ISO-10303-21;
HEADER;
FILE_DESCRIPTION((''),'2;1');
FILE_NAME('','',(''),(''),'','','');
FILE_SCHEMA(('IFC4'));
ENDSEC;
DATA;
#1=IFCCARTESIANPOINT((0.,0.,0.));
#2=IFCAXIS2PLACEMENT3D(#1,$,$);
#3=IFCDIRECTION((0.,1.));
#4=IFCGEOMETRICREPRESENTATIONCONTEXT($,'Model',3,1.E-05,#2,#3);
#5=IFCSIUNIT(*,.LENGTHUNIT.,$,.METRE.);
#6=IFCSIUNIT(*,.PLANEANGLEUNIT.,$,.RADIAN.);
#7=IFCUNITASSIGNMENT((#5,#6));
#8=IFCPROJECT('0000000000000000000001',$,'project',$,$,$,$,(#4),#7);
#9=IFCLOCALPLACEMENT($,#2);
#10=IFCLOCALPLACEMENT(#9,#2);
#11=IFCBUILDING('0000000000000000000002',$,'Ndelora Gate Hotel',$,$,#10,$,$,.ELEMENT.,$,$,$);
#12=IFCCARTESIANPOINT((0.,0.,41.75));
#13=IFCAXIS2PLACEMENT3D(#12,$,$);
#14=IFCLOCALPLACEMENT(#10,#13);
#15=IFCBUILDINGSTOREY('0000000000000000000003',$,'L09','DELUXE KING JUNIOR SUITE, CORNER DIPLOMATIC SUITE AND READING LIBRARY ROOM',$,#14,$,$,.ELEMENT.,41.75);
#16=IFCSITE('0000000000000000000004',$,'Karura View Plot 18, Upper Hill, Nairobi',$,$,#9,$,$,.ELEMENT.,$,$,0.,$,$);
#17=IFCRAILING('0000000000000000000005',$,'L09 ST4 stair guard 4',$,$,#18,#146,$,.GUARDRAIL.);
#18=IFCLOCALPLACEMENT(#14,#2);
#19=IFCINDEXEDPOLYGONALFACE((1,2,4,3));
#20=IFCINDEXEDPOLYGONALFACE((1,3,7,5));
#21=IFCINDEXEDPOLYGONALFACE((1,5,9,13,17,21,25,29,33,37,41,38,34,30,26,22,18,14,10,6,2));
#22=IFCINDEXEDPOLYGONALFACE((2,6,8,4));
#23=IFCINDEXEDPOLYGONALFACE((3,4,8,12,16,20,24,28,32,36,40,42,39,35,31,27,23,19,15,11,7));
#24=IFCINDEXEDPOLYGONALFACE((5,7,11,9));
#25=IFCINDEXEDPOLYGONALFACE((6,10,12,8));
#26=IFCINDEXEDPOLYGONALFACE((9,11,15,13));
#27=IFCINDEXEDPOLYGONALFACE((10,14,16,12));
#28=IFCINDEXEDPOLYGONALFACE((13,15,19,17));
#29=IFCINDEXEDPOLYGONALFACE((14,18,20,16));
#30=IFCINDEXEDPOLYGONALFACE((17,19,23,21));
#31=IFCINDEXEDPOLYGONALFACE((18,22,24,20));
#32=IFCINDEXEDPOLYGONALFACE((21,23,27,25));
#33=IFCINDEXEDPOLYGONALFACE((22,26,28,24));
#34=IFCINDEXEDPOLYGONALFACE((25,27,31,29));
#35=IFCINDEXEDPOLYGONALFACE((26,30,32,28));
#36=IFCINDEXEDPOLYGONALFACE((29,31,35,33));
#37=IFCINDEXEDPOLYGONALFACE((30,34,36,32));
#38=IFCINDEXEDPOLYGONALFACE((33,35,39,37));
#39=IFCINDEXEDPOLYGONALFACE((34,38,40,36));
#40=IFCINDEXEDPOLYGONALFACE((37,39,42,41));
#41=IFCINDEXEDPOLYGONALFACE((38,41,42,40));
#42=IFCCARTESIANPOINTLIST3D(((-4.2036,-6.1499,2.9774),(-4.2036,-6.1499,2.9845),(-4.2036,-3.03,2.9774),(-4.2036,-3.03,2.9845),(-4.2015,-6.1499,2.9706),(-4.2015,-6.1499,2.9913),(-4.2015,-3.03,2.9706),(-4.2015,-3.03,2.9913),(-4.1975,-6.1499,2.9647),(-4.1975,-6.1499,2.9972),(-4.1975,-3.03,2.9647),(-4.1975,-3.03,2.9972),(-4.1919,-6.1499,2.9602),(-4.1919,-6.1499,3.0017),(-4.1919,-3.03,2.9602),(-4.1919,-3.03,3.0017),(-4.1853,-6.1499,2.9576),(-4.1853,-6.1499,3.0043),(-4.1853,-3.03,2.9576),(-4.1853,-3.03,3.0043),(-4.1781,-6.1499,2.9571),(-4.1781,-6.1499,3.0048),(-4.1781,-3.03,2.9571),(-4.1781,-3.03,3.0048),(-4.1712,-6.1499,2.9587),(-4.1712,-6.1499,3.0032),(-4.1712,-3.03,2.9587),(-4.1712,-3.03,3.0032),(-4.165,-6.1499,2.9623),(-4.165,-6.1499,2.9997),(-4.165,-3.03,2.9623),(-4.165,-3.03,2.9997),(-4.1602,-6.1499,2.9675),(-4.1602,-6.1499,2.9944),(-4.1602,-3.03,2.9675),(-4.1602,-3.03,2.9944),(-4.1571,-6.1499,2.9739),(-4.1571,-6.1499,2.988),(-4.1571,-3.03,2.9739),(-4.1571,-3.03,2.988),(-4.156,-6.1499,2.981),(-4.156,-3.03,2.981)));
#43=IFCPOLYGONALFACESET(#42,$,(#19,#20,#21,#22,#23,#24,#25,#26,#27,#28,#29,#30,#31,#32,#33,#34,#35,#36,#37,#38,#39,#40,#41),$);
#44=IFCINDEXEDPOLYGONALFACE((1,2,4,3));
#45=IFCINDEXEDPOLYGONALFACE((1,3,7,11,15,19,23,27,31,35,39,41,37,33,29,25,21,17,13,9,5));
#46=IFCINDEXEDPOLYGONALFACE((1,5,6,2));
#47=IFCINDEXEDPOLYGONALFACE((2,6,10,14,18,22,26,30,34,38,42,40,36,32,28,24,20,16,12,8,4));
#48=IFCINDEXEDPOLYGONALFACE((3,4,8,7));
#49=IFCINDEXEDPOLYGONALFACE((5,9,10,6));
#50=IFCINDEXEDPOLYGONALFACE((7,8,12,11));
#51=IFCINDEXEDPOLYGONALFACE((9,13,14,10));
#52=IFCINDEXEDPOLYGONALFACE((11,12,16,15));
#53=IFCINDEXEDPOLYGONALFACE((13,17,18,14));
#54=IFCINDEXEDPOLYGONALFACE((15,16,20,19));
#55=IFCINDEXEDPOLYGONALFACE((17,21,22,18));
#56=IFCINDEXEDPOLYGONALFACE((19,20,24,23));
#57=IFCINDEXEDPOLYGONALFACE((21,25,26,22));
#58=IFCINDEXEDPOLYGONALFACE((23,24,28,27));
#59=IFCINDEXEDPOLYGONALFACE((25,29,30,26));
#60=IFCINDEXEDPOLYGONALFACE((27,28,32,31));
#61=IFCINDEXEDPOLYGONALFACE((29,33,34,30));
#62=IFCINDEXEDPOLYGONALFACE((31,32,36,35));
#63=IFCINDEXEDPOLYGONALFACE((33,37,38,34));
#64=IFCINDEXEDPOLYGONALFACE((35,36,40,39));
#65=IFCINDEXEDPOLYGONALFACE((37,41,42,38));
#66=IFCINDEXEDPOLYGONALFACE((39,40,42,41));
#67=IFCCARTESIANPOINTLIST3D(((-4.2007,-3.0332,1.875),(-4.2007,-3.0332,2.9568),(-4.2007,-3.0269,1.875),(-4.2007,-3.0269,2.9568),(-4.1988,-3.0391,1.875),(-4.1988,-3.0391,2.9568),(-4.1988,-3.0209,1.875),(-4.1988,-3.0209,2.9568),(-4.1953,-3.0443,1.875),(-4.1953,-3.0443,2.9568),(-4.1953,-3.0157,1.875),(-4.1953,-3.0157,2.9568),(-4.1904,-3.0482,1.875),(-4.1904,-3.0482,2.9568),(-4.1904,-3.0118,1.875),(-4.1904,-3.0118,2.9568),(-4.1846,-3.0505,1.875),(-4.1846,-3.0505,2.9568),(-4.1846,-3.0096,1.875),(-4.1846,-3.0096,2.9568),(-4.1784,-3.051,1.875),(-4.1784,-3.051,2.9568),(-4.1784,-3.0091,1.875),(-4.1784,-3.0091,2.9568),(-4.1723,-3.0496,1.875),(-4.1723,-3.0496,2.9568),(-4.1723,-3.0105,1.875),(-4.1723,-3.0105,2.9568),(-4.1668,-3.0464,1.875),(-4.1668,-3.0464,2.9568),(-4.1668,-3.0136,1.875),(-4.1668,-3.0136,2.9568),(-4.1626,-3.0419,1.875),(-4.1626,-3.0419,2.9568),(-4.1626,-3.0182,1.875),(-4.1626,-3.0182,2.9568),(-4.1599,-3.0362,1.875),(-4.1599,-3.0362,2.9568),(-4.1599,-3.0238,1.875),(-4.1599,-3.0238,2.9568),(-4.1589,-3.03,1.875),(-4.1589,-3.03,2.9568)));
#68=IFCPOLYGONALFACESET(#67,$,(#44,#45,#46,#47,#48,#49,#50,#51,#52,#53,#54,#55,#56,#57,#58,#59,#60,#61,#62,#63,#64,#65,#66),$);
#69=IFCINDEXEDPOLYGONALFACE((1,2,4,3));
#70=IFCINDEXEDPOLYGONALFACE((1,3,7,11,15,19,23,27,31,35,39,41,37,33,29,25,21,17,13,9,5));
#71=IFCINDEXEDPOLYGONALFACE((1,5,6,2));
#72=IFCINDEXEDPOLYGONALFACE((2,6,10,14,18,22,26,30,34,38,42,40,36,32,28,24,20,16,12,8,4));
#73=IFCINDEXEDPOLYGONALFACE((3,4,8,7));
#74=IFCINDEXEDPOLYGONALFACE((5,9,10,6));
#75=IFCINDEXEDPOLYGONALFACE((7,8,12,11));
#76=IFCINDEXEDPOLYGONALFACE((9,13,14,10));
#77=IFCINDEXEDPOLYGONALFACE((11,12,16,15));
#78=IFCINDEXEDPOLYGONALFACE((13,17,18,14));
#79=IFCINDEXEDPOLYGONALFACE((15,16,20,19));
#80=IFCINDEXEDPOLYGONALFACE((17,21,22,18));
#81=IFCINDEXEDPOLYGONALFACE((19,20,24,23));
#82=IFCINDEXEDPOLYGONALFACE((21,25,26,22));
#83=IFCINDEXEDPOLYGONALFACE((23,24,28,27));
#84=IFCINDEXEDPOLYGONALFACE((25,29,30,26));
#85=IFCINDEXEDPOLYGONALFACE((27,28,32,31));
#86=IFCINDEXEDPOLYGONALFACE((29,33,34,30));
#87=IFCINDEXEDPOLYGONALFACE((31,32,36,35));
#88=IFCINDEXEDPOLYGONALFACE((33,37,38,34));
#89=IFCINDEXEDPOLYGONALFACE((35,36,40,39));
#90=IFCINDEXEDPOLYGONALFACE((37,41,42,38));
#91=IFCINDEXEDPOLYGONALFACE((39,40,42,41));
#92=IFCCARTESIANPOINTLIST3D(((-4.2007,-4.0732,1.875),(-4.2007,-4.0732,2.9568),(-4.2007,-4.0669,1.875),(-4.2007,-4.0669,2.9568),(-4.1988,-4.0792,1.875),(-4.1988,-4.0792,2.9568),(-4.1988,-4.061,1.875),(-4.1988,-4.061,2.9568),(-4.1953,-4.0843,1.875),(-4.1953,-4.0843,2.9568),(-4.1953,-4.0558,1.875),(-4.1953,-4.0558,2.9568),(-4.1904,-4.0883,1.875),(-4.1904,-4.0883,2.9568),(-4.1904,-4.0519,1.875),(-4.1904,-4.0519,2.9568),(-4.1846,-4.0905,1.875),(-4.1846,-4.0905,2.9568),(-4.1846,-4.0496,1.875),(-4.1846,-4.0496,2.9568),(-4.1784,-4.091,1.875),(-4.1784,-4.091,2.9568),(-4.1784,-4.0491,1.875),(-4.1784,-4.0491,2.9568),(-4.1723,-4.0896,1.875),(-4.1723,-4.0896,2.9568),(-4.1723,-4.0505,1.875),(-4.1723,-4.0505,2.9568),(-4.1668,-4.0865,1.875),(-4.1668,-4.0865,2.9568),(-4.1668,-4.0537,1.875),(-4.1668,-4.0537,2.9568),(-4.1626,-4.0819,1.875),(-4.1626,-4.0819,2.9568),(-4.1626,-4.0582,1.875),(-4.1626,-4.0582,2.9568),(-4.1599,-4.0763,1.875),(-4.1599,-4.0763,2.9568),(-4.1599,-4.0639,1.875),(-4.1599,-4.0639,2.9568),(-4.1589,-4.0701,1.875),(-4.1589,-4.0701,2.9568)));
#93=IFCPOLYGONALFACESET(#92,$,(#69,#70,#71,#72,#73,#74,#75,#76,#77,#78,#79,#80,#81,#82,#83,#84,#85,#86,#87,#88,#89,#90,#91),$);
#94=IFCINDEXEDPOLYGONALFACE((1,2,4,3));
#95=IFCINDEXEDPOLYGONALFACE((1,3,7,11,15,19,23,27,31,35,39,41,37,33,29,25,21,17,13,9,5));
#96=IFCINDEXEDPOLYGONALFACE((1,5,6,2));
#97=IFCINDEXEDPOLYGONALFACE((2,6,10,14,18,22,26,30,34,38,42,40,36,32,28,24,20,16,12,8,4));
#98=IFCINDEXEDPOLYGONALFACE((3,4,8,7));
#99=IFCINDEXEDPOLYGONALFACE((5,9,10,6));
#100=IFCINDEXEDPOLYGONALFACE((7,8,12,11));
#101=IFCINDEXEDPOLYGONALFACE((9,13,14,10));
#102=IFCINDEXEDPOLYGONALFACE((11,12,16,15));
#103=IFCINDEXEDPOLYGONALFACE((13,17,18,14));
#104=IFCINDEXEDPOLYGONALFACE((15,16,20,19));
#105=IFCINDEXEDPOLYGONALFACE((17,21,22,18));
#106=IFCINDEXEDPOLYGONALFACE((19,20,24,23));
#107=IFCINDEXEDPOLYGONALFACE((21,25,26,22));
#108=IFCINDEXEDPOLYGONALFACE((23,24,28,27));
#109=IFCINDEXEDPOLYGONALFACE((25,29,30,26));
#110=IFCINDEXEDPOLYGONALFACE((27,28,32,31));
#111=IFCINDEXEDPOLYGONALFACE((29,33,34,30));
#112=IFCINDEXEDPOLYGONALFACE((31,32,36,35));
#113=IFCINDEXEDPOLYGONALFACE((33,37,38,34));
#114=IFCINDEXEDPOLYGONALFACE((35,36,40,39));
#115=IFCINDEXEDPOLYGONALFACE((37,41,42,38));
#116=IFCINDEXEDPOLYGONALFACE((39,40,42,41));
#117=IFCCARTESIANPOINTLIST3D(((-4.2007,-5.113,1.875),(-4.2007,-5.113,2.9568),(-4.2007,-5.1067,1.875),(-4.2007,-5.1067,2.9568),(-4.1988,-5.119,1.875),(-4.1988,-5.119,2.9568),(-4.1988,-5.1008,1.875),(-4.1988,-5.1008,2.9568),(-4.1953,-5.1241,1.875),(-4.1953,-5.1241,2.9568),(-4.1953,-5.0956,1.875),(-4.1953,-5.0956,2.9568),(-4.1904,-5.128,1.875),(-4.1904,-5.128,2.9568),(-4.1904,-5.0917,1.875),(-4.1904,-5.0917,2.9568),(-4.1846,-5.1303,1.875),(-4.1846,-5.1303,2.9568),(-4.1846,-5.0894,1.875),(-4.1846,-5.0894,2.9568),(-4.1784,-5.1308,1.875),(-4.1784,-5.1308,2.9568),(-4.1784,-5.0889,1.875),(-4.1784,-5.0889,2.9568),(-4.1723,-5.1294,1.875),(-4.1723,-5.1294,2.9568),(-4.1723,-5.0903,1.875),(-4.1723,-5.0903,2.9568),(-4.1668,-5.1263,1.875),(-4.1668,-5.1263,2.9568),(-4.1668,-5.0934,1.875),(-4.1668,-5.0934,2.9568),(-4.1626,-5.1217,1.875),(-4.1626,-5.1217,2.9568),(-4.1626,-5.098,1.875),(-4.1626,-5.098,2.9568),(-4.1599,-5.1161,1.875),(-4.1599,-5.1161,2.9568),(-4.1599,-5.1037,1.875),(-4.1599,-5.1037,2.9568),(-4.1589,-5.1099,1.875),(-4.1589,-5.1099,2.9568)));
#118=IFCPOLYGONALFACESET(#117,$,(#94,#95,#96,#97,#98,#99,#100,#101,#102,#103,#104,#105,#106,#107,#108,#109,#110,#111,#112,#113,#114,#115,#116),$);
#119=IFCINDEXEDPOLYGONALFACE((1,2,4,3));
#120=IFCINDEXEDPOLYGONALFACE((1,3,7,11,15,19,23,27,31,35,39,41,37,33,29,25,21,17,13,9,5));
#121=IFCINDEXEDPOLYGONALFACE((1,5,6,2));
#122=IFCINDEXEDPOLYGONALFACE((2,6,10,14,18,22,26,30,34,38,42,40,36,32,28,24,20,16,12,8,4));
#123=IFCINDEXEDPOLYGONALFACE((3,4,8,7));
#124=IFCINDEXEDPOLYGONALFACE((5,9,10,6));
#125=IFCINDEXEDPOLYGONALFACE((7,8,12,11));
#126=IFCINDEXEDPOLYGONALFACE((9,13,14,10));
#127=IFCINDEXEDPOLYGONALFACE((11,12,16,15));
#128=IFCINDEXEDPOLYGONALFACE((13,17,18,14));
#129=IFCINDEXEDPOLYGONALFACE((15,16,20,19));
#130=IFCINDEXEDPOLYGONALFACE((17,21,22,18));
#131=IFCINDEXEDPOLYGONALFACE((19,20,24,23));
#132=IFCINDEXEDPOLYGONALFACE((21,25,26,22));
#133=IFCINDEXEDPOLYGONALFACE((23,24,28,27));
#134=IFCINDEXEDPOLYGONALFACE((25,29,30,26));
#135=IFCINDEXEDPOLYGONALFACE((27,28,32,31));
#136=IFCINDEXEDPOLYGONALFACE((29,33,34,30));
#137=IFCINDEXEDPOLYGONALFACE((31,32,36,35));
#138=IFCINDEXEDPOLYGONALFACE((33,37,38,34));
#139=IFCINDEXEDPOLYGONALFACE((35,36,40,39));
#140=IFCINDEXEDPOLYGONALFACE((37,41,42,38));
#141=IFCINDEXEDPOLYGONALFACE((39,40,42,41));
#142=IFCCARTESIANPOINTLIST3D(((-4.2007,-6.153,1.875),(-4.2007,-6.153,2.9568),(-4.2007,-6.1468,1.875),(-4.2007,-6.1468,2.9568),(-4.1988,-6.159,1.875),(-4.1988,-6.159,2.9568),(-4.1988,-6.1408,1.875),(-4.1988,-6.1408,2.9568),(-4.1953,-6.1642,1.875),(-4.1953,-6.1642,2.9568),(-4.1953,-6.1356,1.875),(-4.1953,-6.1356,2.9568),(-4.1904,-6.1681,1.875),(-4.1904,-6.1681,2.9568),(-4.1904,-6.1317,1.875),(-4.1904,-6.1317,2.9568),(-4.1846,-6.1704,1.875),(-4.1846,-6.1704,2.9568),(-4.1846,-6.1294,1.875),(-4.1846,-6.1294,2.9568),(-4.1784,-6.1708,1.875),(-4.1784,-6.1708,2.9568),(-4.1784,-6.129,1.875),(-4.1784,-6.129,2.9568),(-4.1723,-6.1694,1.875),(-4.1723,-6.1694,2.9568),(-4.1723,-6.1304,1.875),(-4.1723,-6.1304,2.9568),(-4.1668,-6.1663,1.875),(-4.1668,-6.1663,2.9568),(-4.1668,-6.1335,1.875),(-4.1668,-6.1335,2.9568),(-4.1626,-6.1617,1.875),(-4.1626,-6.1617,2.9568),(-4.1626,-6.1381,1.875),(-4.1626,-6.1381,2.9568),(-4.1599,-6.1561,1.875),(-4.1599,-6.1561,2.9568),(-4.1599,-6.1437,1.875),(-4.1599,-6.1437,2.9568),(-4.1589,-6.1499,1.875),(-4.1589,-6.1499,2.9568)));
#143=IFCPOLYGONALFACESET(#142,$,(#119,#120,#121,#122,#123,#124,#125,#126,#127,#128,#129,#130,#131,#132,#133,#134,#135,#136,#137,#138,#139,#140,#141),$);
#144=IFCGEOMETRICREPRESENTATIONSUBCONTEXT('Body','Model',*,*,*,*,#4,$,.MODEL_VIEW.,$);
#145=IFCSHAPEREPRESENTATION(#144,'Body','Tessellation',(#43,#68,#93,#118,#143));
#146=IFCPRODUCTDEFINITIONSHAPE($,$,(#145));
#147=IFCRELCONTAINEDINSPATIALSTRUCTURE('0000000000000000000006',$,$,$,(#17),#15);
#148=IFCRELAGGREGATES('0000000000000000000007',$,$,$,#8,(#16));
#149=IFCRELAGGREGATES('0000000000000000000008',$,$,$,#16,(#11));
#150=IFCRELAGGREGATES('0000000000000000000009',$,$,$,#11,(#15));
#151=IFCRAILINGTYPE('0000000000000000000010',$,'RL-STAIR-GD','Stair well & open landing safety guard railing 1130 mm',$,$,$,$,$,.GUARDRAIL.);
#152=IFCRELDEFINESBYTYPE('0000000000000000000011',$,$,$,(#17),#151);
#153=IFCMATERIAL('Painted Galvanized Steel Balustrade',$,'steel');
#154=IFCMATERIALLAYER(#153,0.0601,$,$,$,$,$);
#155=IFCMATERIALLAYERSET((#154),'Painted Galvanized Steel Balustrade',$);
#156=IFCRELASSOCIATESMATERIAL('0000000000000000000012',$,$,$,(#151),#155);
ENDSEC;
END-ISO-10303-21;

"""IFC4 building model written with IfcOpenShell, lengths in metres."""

from ifc_helpers import new_model, si_unit, direction, frame, origin, origin_2d, place, context, subcontext, project, spatial, circle, extrude, material, layer, layer_set, type_object, element, save


model = new_model("IFC4")

# Units and contexts
model_context = context("Model", 3, precision=1e-05, world=origin(), true_north=direction((0.0, 1.0)))
body_context = subcontext(model_context, "Body", "Model", "MODEL_VIEW")
ifc_project = project(units=[si_unit("LENGTHUNIT", "METRE"), si_unit("PLANEANGLEUNIT", "RADIAN")], contexts=[model_context])

# Site, building, storey
site_placement = place(None, origin())
site = spatial("IfcSite", under=ifc_project, at=site_placement, Name="Karura View Plot 18, Upper Hill, Nairobi", CompositionType="ELEMENT", RefElevation=0.0)
building_placement = place(site_placement, origin())
building = spatial("IfcBuilding", under=site, at=building_placement, Name="Ndelora Gate Hotel", CompositionType="ELEMENT")
storey_placement = place(building_placement, frame((0.0, 0.0, 41.75)))
storey = spatial("IfcBuildingStorey", under=building, at=storey_placement, Name="L09", Description="DELUXE KING JUNIOR SUITE, CORNER DIPLOMATIC SUITE AND READING LIBRARY ROOM", CompositionType="ELEMENT", Elevation=41.75)

# Railing
ifc_material_1 = material(Name="Painted Galvanized Steel Balustrade", Category="steel")
ifc_layer_1 = layer(ifc_material_1, 0.0601)
ifc_layer_set_1 = layer_set([ifc_layer_1], Name="Painted Galvanized Steel Balustrade")
railing_type_1 = type_object("IfcRailingType", Name="RL-STAIR-GD", Description="Stair well & open landing safety guard railing 1130 mm", PredefinedType="GUARDRAIL", material=ifc_layer_set_1)
railing_1_placement = place(storey_placement, frame((-4.1799, -3.03, 1.875)))
element("IfcRailing", 1, at=railing_1_placement, inside=storey, type_object=railing_type_1, Name="L09 ST4 stair guard 4", PredefinedType="GUARDRAIL", context=body_context, shape_type="SweptSolid", body=[
    extrude(circle(Radius=0.0239, at=origin_2d()), frame((0.0, 0.0, 1.106), z_axis=(0.0, -1.0, 0.0), x_axis=(1.0, 0.0, 0.0)), (0.0, 0.0, 1.0), 3.1199),
    extrude(circle(Radius=0.021, at=origin_2d()), origin(), (0.0, 0.0, 1.0), 1.0818),
    extrude(circle(Radius=0.021, at=origin_2d()), frame((0.0, -1.04, 0.0)), (0.0, 0.0, 1.0), 1.0818),
    extrude(circle(Radius=0.021, at=origin_2d()), frame((0.0, -2.0798, 0.0)), (0.0, 0.0, 1.0), 1.0818),
    extrude(circle(Radius=0.021, at=origin_2d()), frame((0.0, -3.1199, 0.0)), (0.0, 0.0, 1.0), 1.0818),
])

save(model, "model.ifc")
